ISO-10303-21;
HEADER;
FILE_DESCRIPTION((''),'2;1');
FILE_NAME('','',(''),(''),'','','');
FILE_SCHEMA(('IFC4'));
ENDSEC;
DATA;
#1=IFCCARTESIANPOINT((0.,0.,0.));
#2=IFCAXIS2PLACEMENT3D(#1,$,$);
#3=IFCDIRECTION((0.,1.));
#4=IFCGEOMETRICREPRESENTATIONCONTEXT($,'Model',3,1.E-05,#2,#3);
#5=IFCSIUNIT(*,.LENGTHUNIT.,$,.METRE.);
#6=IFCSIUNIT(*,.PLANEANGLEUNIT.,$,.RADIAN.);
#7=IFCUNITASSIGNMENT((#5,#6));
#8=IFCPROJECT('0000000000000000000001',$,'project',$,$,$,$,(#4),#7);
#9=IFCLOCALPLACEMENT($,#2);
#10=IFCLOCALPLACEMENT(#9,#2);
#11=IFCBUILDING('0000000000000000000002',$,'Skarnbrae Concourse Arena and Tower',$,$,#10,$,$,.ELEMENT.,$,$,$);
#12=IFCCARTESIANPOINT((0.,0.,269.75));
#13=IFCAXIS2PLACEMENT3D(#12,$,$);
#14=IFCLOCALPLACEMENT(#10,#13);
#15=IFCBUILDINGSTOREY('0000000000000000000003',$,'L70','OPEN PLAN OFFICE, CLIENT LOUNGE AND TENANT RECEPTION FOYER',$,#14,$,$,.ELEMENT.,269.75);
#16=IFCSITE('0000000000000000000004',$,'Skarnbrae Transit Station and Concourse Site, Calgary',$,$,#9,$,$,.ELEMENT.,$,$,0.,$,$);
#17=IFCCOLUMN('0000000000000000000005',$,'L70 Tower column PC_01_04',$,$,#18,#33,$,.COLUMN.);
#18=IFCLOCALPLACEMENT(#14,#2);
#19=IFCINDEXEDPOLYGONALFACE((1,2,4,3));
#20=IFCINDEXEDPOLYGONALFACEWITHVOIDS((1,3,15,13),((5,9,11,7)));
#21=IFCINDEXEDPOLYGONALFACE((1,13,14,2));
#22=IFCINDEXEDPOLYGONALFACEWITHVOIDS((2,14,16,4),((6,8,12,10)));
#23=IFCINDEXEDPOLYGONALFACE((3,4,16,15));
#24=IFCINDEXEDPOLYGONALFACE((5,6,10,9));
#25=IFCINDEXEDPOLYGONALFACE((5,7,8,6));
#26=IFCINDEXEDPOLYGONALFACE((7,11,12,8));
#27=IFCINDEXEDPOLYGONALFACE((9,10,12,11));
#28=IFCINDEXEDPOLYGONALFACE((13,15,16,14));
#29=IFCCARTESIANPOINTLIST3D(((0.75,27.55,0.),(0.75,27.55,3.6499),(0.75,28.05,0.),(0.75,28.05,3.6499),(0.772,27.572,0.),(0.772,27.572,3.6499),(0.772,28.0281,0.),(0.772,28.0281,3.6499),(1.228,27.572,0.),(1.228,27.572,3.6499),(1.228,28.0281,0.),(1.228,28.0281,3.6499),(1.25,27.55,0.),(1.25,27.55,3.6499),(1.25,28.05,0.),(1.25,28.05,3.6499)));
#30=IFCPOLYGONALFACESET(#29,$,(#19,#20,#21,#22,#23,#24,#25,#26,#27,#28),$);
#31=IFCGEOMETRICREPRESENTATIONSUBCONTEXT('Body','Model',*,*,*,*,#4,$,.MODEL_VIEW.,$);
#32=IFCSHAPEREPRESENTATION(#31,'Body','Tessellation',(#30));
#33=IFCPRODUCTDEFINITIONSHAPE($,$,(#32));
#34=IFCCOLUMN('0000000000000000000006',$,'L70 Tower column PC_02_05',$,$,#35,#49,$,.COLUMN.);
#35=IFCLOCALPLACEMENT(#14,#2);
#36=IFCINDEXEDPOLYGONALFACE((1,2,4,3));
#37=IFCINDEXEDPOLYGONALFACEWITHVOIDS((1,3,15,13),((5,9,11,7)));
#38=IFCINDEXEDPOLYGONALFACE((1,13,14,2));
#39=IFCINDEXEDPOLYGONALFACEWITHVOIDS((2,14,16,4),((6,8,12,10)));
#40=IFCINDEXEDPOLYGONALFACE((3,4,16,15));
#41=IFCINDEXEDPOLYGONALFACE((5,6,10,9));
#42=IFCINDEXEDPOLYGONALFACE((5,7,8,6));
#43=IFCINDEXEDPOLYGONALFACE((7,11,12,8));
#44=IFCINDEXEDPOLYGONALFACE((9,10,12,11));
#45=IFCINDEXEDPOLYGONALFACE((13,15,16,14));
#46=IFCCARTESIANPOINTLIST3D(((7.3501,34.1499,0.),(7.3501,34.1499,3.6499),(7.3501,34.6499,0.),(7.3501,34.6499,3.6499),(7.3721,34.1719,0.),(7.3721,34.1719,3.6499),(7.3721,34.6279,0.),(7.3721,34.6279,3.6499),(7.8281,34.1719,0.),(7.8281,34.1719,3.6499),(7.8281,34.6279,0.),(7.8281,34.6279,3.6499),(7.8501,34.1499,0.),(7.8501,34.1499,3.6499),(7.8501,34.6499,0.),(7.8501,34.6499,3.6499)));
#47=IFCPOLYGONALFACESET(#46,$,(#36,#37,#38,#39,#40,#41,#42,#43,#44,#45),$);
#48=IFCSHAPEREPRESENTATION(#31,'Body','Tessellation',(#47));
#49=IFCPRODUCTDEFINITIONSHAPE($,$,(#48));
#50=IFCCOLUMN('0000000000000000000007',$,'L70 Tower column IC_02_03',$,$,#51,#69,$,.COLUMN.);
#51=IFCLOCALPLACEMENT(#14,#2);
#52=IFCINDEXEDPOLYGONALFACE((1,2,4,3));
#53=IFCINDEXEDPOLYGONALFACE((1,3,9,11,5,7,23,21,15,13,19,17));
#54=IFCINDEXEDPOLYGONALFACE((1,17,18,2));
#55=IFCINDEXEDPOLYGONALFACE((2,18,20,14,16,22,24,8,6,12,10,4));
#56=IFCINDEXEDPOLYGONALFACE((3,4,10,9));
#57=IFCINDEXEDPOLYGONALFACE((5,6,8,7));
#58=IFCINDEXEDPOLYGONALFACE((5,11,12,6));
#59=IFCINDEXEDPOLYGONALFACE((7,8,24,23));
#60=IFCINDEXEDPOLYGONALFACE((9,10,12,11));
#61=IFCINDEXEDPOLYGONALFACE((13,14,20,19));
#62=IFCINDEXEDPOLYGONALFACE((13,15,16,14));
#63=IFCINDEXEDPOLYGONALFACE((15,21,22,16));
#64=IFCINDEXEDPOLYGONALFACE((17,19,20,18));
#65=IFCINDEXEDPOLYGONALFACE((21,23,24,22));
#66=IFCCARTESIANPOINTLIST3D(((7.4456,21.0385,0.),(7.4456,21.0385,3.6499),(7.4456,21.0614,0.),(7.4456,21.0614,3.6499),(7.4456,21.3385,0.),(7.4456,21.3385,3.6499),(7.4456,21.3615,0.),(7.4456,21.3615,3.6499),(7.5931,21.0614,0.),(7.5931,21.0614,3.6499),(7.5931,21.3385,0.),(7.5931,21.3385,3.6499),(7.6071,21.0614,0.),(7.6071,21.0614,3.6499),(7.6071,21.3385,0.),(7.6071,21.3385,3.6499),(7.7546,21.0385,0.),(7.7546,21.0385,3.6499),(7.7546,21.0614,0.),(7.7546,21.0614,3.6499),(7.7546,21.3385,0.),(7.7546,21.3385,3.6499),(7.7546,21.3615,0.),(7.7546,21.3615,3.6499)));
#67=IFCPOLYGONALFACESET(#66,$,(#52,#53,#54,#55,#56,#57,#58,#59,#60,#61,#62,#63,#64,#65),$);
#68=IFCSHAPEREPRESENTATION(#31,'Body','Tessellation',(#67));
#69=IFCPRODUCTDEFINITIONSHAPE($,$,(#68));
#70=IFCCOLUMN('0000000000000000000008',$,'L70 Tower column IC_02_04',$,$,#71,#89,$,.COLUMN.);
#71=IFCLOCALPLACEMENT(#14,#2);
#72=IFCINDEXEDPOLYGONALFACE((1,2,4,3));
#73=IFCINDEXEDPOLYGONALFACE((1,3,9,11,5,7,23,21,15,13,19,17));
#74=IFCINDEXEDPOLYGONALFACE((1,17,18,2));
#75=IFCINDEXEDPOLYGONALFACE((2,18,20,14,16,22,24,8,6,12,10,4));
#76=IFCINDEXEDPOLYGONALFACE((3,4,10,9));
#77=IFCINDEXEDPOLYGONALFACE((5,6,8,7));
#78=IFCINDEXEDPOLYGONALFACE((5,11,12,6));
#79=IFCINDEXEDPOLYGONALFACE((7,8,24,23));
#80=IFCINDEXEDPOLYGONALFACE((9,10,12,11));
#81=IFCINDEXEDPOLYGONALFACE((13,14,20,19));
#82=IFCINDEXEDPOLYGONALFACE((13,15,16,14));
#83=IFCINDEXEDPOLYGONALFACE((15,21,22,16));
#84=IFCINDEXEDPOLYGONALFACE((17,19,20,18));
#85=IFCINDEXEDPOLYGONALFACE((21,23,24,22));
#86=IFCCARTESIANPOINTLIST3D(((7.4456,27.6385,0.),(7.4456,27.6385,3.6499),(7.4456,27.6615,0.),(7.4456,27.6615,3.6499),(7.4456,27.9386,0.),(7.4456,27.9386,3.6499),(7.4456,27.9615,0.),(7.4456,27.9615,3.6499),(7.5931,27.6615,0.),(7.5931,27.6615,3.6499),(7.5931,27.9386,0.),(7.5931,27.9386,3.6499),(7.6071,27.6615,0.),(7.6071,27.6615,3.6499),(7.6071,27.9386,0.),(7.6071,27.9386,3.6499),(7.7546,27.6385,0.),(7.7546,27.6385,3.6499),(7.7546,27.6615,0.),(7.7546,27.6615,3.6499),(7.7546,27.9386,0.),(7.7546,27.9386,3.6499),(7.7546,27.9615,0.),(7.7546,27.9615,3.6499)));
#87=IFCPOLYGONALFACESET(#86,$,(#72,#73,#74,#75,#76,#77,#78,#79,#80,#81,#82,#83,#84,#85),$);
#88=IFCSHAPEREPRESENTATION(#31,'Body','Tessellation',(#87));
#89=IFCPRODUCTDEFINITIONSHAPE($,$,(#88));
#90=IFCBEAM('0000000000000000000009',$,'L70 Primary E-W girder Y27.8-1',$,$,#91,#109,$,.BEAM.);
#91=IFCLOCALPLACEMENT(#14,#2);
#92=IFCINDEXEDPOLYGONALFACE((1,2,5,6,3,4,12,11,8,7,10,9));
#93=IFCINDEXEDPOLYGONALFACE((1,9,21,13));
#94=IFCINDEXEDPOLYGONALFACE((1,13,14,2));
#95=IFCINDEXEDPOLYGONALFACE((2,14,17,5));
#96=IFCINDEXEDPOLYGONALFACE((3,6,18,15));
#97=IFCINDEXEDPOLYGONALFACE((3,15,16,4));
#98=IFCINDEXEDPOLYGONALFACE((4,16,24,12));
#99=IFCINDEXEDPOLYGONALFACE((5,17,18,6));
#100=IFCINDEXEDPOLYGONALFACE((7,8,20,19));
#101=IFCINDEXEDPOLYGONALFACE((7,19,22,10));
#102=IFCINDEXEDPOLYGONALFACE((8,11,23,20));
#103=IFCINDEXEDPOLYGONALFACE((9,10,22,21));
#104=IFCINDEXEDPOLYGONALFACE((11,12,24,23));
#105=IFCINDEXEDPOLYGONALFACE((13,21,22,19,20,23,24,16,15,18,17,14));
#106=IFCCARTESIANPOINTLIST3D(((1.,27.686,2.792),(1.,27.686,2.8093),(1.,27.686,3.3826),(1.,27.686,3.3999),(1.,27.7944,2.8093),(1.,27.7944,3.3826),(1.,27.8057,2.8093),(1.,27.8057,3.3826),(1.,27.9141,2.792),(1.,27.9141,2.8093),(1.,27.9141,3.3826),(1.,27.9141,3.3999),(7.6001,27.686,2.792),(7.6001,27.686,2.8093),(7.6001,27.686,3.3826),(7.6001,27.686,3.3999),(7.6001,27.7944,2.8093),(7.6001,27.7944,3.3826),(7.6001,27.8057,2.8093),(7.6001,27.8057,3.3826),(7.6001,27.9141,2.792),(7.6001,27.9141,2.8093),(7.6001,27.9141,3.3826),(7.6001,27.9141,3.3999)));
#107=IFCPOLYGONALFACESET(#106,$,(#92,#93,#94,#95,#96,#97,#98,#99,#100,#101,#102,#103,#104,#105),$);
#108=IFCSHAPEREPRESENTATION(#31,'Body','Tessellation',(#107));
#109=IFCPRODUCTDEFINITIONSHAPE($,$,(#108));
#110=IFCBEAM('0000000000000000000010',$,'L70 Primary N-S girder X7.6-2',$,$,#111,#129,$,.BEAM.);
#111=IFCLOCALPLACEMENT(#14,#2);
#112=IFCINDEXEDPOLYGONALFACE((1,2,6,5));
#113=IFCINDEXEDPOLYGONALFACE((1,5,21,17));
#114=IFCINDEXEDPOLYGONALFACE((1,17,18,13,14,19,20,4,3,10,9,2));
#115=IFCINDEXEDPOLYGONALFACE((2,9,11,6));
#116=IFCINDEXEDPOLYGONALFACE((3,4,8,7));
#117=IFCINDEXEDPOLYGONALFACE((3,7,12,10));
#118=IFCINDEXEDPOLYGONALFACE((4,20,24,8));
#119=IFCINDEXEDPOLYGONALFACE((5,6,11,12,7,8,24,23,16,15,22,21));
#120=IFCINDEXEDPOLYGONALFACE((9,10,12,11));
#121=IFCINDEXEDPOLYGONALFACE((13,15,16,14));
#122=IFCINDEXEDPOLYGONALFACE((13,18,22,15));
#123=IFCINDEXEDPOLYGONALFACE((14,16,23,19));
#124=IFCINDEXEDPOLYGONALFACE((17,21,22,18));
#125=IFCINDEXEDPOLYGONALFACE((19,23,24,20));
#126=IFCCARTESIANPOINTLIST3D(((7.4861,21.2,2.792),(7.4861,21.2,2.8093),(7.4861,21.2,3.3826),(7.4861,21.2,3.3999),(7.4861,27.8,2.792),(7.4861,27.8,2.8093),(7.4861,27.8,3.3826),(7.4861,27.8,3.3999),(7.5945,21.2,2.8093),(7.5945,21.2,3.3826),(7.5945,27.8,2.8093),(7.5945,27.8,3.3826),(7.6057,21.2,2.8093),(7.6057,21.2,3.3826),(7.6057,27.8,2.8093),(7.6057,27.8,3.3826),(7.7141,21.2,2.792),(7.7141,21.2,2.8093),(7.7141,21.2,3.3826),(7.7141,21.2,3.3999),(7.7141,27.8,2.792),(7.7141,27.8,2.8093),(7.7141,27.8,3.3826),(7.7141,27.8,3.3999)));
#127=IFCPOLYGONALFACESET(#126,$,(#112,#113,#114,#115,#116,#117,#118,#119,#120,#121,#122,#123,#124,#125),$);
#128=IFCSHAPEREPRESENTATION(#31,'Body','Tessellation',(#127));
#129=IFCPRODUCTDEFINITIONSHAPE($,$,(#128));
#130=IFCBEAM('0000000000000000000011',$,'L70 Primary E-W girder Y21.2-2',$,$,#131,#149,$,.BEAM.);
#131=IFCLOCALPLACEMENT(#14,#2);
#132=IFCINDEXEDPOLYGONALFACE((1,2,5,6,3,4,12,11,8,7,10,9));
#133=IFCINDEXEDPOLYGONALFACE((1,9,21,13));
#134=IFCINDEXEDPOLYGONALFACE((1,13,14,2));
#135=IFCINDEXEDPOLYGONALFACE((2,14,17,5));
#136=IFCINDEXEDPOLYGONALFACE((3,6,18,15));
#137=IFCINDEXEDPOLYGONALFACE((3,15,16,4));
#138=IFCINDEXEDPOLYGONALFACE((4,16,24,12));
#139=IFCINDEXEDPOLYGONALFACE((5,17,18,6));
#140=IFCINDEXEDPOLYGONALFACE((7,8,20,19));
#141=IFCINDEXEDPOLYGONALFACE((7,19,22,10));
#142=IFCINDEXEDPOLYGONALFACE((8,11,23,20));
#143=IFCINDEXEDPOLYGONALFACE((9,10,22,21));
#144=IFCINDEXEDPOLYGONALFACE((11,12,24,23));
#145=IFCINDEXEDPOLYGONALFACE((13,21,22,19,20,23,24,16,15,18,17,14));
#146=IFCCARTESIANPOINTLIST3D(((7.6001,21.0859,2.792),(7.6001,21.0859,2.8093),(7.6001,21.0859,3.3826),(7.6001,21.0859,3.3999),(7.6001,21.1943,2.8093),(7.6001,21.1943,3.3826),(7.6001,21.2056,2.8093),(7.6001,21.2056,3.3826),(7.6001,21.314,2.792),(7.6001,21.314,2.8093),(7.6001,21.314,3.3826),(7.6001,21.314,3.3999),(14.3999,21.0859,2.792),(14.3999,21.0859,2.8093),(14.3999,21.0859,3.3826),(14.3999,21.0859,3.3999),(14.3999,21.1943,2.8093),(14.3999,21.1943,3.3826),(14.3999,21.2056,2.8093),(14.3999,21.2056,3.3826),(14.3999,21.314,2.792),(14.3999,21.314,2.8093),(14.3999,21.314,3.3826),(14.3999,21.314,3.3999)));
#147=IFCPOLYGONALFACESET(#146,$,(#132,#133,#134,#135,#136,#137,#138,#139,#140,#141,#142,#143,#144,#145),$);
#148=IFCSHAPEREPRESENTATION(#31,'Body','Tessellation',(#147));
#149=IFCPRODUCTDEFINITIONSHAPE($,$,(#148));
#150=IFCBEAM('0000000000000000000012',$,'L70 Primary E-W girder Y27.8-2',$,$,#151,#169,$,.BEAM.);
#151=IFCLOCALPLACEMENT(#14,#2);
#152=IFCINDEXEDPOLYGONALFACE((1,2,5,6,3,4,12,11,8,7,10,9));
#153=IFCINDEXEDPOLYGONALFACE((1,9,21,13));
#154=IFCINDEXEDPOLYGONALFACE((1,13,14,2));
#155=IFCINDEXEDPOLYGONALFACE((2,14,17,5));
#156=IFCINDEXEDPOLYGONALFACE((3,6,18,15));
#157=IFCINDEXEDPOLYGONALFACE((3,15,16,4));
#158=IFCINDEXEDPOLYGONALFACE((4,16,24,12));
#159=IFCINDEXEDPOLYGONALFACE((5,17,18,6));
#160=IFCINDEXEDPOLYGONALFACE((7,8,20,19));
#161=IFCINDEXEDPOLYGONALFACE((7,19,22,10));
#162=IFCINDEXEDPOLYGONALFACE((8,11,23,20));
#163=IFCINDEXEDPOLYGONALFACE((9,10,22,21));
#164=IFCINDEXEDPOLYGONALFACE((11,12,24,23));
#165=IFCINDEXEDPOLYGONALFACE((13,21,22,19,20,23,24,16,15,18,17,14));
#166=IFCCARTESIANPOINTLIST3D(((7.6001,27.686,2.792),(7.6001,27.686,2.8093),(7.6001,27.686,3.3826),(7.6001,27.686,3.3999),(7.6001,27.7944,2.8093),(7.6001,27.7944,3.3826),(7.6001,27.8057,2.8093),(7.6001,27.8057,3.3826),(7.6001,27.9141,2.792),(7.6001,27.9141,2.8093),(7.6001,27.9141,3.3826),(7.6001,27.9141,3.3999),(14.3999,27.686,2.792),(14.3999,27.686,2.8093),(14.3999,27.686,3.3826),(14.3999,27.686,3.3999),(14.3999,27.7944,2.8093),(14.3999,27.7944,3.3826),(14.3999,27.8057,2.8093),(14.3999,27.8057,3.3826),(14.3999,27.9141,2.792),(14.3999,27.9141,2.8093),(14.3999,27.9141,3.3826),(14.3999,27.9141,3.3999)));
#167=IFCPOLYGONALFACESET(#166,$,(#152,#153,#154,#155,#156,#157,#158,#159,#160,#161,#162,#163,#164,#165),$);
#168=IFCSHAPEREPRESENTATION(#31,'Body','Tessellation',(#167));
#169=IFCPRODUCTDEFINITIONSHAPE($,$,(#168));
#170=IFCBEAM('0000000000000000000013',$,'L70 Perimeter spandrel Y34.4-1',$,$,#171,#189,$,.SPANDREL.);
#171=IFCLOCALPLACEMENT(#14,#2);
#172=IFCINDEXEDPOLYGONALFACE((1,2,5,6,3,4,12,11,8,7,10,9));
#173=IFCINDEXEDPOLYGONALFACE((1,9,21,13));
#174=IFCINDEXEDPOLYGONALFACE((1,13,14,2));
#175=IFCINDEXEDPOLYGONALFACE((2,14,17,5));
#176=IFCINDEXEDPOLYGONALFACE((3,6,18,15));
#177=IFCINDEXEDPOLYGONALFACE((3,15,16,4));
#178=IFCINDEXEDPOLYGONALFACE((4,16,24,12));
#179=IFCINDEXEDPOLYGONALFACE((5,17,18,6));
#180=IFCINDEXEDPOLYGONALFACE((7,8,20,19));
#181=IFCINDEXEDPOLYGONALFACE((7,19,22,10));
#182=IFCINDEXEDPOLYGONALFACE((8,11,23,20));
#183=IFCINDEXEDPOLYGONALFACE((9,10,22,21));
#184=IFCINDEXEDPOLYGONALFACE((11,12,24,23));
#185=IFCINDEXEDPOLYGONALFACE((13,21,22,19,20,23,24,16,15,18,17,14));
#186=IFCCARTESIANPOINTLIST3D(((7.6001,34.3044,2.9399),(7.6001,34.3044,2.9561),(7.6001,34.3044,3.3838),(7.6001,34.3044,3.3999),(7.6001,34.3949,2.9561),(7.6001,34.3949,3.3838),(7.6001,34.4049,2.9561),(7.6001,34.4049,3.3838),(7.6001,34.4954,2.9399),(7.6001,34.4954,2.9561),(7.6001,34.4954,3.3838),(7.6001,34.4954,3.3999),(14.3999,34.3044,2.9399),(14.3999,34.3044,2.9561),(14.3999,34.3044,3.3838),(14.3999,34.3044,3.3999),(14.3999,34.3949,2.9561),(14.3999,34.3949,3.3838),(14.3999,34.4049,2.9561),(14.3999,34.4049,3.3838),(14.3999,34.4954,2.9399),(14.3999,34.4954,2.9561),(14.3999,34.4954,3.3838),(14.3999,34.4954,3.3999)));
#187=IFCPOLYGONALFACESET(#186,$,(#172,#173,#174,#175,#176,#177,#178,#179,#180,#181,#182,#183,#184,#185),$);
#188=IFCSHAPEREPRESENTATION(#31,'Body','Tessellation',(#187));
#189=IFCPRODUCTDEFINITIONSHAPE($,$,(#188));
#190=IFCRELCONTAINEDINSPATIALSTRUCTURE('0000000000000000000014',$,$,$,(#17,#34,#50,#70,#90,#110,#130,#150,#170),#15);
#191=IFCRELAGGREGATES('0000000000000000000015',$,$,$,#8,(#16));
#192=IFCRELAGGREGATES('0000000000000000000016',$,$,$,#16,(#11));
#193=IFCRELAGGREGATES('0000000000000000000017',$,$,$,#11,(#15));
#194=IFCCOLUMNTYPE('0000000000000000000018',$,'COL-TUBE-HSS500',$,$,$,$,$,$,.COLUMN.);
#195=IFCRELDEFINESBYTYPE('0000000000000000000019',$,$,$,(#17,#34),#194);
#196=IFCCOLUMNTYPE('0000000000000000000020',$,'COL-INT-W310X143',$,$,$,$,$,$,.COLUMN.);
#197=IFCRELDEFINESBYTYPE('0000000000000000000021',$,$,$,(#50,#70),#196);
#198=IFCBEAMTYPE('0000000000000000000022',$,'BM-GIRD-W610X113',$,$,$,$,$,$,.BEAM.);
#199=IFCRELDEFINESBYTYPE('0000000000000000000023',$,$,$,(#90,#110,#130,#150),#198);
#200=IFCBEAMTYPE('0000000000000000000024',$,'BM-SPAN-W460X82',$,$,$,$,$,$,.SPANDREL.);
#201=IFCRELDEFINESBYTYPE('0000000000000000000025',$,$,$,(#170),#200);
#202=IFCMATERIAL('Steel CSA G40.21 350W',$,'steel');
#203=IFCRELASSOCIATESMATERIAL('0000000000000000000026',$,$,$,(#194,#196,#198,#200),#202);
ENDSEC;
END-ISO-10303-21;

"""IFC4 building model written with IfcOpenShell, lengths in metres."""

from ifc_helpers import new_model, si_unit, direction, frame, origin, origin_2d, place, context, subcontext, project, spatial, hollow_rectangle, i_section, extrude, source, transform, mapped, material, material_profile, profile_set, type_object, element, save


model = new_model("IFC4")

# Units and contexts
model_context = context("Model", 3, precision=1e-05, world=origin(), true_north=direction((0.0, 1.0)))
body_context = subcontext(model_context, "Body", "Model", "MODEL_VIEW")
ifc_project = project(units=[si_unit("LENGTHUNIT", "METRE"), si_unit("PLANEANGLEUNIT", "RADIAN")], contexts=[model_context])

# Site, building, storey
site_placement = place(None, origin())
site = spatial("IfcSite", under=ifc_project, at=site_placement, Name="Skarnbrae Transit Station and Concourse Site, Calgary", CompositionType="ELEMENT", RefElevation=0.0)
building_placement = place(site_placement, origin())
building = spatial("IfcBuilding", under=site, at=building_placement, Name="Skarnbrae Concourse Arena and Tower", CompositionType="ELEMENT")
storey_placement = place(building_placement, frame((0.0, 0.0, 269.75)))
storey = spatial("IfcBuildingStorey", under=building, at=storey_placement, Name="L70", Description="OPEN PLAN OFFICE, CLIENT LOUNGE AND TENANT RECEPTION FOYER", CompositionType="ELEMENT", Elevation=269.75)

# Columns
ifc_material_1 = material(Name="Steel CSA G40.21 350W", Category="steel")
ifc_material_profile_1 = material_profile(ifc_material_1, hollow_rectangle(XDim=0.5, YDim=0.5, WallThickness=0.022, at=origin_2d()), Name="HSS500X500X22.0")
ifc_profile_set_1 = profile_set([ifc_material_profile_1], Name="Steel CSA G40.21 350W")
column_type_1 = type_object("IfcColumnType", Name="COL-TUBE-HSS500", PredefinedType="COLUMN", material=ifc_profile_set_1)
shared_shape_1 = source(origin(), body_context, "Body", "SweptSolid", [
    extrude(hollow_rectangle(XDim=0.5, YDim=0.5, WallThickness=0.022, at=origin_2d()), origin(), (0.0, 0.0, 1.0), 3.6499),
])
for number, where, z_axis, x_axis, name in (
    (1, (1.0, 27.8, 0.0), (0.0, 0.0, 1.0), (1.0, 0.0, 0.0), "L70 Tower column PC_01_04"),
    (2, (7.6001, 34.3999, 0.0), (0.0, 0.0, 1.0), (1.0, 0.0, 0.0), "L70 Tower column PC_02_05"),
):
    element("IfcColumn", number, at=place(storey_placement, frame(where, z_axis=z_axis, x_axis=x_axis)), inside=storey, type_object=column_type_1, Name=name, PredefinedType="COLUMN", context=body_context, shape_type="MappedRepresentation", body=[
        mapped(shared_shape_1, transform((0.0, 0.0, 0.0))),
    ])
ifc_material_profile_2 = material_profile(ifc_material_1, i_section(OverallWidth=0.3091, OverallDepth=0.323, WebThickness=0.0139, FlangeThickness=0.0229, at=origin_2d()), Name="W310X143")
ifc_profile_set_2 = profile_set([ifc_material_profile_2], Name="Steel CSA G40.21 350W")
column_type_2 = type_object("IfcColumnType", Name="COL-INT-W310X143", PredefinedType="COLUMN", material=ifc_profile_set_2)
shared_shape_2 = source(origin(), body_context, "Body", "SweptSolid", [
    extrude(i_section(OverallWidth=0.3091, OverallDepth=0.323, WebThickness=0.0139, FlangeThickness=0.0229, at=origin_2d()), origin(), (0.0, 0.0, 1.0), 3.6499),
])
for number, where, z_axis, x_axis, name in (
    (3, (7.6001, 21.2, 0.0), (0.0, 0.0, 1.0), (1.0, 0.0, 0.0), "L70 Tower column IC_02_03"),
    (4, (7.6001, 27.8, 0.0), (0.0, 0.0, 1.0), (1.0, 0.0, 0.0), "L70 Tower column IC_02_04"),
):
    element("IfcColumn", number, at=place(storey_placement, frame(where, z_axis=z_axis, x_axis=x_axis)), inside=storey, type_object=column_type_2, Name=name, PredefinedType="COLUMN", context=body_context, shape_type="MappedRepresentation", body=[
        mapped(shared_shape_2, transform((0.0, 0.0, 0.0))),
    ])

# Beams
ifc_material_profile_3 = material_profile(ifc_material_1, i_section(OverallWidth=0.228, OverallDepth=0.6079, WebThickness=0.0112, FlangeThickness=0.0173, at=origin_2d()), Name="W610X113")
ifc_profile_set_3 = profile_set([ifc_material_profile_3], Name="Steel CSA G40.21 350W")
beam_type_1 = type_object("IfcBeamType", Name="BM-GIRD-W610X113", PredefinedType="BEAM", material=ifc_profile_set_3)
shared_shape_3 = source(origin(), body_context, "Body", "SweptSolid", [
    extrude(i_section(OverallWidth=0.228, OverallDepth=0.6079, WebThickness=0.0112, FlangeThickness=0.0173, at=origin_2d()), origin(), (0.0, 0.0, 1.0), 6.6001),
])
for number, where, z_axis, x_axis, name in (
    (5, (1.0, 27.8, 3.0959), (1.0, 0.0, 0.0), (0.0, 1.0, 0.0), "L70 Primary E-W girder Y27.8-1"),
    (6, (7.6001, 21.2, 3.0959), (0.0, 1.0, 0.0), (-1.0, 0.0, 0.0), "L70 Primary N-S girder X7.6-2"),
):
    element("IfcBeam", number, at=place(storey_placement, frame(where, z_axis=z_axis, x_axis=x_axis)), inside=storey, type_object=beam_type_1, Name=name, PredefinedType="BEAM", context=body_context, shape_type="MappedRepresentation", body=[
        mapped(shared_shape_3, transform((0.0, 0.0, 0.0))),
    ])
shared_shape_4 = source(origin(), body_context, "Body", "SweptSolid", [
    extrude(i_section(OverallWidth=0.228, OverallDepth=0.6079, WebThickness=0.0112, FlangeThickness=0.0173, at=origin_2d()), origin(), (0.0, 0.0, 1.0), 6.7998),
])
for number, where, z_axis, x_axis, name in (
    (7, (7.6001, 21.2, 3.0959), (1.0, 0.0, 0.0), (0.0, 1.0, 0.0), "L70 Primary E-W girder Y21.2-2"),
    (8, (7.6001, 27.8, 3.0959), (1.0, 0.0, 0.0), (0.0, 1.0, 0.0), "L70 Primary E-W girder Y27.8-2"),
):
    element("IfcBeam", number, at=place(storey_placement, frame(where, z_axis=z_axis, x_axis=x_axis)), inside=storey, type_object=beam_type_1, Name=name, PredefinedType="BEAM", context=body_context, shape_type="MappedRepresentation", body=[
        mapped(shared_shape_4, transform((0.0, 0.0, 0.0))),
    ])
ifc_material_profile_4 = material_profile(ifc_material_1, i_section(OverallWidth=0.1909, OverallDepth=0.46, WebThickness=0.01, FlangeThickness=0.0161, at=origin_2d()), Name="W460X82")
ifc_profile_set_4 = profile_set([ifc_material_profile_4], Name="Steel CSA G40.21 350W")
beam_type_2 = type_object("IfcBeamType", Name="BM-SPAN-W460X82", PredefinedType="SPANDREL", material=ifc_profile_set_4)
shared_shape_5 = source(origin(), body_context, "Body", "SweptSolid", [
    extrude(i_section(OverallWidth=0.1909, OverallDepth=0.46, WebThickness=0.01, FlangeThickness=0.0161, at=origin_2d()), origin(), (0.0, 0.0, 1.0), 6.7998),
])
beam_1_placement = place(storey_placement, frame((7.6001, 34.3999, 3.1699), z_axis=(1.0, 0.0, 0.0), x_axis=(0.0, 1.0, 0.0)))
element("IfcBeam", 9, at=beam_1_placement, inside=storey, type_object=beam_type_2, Name="L70 Perimeter spandrel Y34.4-1", PredefinedType="SPANDREL", context=body_context, shape_type="MappedRepresentation", body=[
    mapped(shared_shape_5, transform((0.0, 0.0, 0.0))),
])

save(model, "model.ifc")
